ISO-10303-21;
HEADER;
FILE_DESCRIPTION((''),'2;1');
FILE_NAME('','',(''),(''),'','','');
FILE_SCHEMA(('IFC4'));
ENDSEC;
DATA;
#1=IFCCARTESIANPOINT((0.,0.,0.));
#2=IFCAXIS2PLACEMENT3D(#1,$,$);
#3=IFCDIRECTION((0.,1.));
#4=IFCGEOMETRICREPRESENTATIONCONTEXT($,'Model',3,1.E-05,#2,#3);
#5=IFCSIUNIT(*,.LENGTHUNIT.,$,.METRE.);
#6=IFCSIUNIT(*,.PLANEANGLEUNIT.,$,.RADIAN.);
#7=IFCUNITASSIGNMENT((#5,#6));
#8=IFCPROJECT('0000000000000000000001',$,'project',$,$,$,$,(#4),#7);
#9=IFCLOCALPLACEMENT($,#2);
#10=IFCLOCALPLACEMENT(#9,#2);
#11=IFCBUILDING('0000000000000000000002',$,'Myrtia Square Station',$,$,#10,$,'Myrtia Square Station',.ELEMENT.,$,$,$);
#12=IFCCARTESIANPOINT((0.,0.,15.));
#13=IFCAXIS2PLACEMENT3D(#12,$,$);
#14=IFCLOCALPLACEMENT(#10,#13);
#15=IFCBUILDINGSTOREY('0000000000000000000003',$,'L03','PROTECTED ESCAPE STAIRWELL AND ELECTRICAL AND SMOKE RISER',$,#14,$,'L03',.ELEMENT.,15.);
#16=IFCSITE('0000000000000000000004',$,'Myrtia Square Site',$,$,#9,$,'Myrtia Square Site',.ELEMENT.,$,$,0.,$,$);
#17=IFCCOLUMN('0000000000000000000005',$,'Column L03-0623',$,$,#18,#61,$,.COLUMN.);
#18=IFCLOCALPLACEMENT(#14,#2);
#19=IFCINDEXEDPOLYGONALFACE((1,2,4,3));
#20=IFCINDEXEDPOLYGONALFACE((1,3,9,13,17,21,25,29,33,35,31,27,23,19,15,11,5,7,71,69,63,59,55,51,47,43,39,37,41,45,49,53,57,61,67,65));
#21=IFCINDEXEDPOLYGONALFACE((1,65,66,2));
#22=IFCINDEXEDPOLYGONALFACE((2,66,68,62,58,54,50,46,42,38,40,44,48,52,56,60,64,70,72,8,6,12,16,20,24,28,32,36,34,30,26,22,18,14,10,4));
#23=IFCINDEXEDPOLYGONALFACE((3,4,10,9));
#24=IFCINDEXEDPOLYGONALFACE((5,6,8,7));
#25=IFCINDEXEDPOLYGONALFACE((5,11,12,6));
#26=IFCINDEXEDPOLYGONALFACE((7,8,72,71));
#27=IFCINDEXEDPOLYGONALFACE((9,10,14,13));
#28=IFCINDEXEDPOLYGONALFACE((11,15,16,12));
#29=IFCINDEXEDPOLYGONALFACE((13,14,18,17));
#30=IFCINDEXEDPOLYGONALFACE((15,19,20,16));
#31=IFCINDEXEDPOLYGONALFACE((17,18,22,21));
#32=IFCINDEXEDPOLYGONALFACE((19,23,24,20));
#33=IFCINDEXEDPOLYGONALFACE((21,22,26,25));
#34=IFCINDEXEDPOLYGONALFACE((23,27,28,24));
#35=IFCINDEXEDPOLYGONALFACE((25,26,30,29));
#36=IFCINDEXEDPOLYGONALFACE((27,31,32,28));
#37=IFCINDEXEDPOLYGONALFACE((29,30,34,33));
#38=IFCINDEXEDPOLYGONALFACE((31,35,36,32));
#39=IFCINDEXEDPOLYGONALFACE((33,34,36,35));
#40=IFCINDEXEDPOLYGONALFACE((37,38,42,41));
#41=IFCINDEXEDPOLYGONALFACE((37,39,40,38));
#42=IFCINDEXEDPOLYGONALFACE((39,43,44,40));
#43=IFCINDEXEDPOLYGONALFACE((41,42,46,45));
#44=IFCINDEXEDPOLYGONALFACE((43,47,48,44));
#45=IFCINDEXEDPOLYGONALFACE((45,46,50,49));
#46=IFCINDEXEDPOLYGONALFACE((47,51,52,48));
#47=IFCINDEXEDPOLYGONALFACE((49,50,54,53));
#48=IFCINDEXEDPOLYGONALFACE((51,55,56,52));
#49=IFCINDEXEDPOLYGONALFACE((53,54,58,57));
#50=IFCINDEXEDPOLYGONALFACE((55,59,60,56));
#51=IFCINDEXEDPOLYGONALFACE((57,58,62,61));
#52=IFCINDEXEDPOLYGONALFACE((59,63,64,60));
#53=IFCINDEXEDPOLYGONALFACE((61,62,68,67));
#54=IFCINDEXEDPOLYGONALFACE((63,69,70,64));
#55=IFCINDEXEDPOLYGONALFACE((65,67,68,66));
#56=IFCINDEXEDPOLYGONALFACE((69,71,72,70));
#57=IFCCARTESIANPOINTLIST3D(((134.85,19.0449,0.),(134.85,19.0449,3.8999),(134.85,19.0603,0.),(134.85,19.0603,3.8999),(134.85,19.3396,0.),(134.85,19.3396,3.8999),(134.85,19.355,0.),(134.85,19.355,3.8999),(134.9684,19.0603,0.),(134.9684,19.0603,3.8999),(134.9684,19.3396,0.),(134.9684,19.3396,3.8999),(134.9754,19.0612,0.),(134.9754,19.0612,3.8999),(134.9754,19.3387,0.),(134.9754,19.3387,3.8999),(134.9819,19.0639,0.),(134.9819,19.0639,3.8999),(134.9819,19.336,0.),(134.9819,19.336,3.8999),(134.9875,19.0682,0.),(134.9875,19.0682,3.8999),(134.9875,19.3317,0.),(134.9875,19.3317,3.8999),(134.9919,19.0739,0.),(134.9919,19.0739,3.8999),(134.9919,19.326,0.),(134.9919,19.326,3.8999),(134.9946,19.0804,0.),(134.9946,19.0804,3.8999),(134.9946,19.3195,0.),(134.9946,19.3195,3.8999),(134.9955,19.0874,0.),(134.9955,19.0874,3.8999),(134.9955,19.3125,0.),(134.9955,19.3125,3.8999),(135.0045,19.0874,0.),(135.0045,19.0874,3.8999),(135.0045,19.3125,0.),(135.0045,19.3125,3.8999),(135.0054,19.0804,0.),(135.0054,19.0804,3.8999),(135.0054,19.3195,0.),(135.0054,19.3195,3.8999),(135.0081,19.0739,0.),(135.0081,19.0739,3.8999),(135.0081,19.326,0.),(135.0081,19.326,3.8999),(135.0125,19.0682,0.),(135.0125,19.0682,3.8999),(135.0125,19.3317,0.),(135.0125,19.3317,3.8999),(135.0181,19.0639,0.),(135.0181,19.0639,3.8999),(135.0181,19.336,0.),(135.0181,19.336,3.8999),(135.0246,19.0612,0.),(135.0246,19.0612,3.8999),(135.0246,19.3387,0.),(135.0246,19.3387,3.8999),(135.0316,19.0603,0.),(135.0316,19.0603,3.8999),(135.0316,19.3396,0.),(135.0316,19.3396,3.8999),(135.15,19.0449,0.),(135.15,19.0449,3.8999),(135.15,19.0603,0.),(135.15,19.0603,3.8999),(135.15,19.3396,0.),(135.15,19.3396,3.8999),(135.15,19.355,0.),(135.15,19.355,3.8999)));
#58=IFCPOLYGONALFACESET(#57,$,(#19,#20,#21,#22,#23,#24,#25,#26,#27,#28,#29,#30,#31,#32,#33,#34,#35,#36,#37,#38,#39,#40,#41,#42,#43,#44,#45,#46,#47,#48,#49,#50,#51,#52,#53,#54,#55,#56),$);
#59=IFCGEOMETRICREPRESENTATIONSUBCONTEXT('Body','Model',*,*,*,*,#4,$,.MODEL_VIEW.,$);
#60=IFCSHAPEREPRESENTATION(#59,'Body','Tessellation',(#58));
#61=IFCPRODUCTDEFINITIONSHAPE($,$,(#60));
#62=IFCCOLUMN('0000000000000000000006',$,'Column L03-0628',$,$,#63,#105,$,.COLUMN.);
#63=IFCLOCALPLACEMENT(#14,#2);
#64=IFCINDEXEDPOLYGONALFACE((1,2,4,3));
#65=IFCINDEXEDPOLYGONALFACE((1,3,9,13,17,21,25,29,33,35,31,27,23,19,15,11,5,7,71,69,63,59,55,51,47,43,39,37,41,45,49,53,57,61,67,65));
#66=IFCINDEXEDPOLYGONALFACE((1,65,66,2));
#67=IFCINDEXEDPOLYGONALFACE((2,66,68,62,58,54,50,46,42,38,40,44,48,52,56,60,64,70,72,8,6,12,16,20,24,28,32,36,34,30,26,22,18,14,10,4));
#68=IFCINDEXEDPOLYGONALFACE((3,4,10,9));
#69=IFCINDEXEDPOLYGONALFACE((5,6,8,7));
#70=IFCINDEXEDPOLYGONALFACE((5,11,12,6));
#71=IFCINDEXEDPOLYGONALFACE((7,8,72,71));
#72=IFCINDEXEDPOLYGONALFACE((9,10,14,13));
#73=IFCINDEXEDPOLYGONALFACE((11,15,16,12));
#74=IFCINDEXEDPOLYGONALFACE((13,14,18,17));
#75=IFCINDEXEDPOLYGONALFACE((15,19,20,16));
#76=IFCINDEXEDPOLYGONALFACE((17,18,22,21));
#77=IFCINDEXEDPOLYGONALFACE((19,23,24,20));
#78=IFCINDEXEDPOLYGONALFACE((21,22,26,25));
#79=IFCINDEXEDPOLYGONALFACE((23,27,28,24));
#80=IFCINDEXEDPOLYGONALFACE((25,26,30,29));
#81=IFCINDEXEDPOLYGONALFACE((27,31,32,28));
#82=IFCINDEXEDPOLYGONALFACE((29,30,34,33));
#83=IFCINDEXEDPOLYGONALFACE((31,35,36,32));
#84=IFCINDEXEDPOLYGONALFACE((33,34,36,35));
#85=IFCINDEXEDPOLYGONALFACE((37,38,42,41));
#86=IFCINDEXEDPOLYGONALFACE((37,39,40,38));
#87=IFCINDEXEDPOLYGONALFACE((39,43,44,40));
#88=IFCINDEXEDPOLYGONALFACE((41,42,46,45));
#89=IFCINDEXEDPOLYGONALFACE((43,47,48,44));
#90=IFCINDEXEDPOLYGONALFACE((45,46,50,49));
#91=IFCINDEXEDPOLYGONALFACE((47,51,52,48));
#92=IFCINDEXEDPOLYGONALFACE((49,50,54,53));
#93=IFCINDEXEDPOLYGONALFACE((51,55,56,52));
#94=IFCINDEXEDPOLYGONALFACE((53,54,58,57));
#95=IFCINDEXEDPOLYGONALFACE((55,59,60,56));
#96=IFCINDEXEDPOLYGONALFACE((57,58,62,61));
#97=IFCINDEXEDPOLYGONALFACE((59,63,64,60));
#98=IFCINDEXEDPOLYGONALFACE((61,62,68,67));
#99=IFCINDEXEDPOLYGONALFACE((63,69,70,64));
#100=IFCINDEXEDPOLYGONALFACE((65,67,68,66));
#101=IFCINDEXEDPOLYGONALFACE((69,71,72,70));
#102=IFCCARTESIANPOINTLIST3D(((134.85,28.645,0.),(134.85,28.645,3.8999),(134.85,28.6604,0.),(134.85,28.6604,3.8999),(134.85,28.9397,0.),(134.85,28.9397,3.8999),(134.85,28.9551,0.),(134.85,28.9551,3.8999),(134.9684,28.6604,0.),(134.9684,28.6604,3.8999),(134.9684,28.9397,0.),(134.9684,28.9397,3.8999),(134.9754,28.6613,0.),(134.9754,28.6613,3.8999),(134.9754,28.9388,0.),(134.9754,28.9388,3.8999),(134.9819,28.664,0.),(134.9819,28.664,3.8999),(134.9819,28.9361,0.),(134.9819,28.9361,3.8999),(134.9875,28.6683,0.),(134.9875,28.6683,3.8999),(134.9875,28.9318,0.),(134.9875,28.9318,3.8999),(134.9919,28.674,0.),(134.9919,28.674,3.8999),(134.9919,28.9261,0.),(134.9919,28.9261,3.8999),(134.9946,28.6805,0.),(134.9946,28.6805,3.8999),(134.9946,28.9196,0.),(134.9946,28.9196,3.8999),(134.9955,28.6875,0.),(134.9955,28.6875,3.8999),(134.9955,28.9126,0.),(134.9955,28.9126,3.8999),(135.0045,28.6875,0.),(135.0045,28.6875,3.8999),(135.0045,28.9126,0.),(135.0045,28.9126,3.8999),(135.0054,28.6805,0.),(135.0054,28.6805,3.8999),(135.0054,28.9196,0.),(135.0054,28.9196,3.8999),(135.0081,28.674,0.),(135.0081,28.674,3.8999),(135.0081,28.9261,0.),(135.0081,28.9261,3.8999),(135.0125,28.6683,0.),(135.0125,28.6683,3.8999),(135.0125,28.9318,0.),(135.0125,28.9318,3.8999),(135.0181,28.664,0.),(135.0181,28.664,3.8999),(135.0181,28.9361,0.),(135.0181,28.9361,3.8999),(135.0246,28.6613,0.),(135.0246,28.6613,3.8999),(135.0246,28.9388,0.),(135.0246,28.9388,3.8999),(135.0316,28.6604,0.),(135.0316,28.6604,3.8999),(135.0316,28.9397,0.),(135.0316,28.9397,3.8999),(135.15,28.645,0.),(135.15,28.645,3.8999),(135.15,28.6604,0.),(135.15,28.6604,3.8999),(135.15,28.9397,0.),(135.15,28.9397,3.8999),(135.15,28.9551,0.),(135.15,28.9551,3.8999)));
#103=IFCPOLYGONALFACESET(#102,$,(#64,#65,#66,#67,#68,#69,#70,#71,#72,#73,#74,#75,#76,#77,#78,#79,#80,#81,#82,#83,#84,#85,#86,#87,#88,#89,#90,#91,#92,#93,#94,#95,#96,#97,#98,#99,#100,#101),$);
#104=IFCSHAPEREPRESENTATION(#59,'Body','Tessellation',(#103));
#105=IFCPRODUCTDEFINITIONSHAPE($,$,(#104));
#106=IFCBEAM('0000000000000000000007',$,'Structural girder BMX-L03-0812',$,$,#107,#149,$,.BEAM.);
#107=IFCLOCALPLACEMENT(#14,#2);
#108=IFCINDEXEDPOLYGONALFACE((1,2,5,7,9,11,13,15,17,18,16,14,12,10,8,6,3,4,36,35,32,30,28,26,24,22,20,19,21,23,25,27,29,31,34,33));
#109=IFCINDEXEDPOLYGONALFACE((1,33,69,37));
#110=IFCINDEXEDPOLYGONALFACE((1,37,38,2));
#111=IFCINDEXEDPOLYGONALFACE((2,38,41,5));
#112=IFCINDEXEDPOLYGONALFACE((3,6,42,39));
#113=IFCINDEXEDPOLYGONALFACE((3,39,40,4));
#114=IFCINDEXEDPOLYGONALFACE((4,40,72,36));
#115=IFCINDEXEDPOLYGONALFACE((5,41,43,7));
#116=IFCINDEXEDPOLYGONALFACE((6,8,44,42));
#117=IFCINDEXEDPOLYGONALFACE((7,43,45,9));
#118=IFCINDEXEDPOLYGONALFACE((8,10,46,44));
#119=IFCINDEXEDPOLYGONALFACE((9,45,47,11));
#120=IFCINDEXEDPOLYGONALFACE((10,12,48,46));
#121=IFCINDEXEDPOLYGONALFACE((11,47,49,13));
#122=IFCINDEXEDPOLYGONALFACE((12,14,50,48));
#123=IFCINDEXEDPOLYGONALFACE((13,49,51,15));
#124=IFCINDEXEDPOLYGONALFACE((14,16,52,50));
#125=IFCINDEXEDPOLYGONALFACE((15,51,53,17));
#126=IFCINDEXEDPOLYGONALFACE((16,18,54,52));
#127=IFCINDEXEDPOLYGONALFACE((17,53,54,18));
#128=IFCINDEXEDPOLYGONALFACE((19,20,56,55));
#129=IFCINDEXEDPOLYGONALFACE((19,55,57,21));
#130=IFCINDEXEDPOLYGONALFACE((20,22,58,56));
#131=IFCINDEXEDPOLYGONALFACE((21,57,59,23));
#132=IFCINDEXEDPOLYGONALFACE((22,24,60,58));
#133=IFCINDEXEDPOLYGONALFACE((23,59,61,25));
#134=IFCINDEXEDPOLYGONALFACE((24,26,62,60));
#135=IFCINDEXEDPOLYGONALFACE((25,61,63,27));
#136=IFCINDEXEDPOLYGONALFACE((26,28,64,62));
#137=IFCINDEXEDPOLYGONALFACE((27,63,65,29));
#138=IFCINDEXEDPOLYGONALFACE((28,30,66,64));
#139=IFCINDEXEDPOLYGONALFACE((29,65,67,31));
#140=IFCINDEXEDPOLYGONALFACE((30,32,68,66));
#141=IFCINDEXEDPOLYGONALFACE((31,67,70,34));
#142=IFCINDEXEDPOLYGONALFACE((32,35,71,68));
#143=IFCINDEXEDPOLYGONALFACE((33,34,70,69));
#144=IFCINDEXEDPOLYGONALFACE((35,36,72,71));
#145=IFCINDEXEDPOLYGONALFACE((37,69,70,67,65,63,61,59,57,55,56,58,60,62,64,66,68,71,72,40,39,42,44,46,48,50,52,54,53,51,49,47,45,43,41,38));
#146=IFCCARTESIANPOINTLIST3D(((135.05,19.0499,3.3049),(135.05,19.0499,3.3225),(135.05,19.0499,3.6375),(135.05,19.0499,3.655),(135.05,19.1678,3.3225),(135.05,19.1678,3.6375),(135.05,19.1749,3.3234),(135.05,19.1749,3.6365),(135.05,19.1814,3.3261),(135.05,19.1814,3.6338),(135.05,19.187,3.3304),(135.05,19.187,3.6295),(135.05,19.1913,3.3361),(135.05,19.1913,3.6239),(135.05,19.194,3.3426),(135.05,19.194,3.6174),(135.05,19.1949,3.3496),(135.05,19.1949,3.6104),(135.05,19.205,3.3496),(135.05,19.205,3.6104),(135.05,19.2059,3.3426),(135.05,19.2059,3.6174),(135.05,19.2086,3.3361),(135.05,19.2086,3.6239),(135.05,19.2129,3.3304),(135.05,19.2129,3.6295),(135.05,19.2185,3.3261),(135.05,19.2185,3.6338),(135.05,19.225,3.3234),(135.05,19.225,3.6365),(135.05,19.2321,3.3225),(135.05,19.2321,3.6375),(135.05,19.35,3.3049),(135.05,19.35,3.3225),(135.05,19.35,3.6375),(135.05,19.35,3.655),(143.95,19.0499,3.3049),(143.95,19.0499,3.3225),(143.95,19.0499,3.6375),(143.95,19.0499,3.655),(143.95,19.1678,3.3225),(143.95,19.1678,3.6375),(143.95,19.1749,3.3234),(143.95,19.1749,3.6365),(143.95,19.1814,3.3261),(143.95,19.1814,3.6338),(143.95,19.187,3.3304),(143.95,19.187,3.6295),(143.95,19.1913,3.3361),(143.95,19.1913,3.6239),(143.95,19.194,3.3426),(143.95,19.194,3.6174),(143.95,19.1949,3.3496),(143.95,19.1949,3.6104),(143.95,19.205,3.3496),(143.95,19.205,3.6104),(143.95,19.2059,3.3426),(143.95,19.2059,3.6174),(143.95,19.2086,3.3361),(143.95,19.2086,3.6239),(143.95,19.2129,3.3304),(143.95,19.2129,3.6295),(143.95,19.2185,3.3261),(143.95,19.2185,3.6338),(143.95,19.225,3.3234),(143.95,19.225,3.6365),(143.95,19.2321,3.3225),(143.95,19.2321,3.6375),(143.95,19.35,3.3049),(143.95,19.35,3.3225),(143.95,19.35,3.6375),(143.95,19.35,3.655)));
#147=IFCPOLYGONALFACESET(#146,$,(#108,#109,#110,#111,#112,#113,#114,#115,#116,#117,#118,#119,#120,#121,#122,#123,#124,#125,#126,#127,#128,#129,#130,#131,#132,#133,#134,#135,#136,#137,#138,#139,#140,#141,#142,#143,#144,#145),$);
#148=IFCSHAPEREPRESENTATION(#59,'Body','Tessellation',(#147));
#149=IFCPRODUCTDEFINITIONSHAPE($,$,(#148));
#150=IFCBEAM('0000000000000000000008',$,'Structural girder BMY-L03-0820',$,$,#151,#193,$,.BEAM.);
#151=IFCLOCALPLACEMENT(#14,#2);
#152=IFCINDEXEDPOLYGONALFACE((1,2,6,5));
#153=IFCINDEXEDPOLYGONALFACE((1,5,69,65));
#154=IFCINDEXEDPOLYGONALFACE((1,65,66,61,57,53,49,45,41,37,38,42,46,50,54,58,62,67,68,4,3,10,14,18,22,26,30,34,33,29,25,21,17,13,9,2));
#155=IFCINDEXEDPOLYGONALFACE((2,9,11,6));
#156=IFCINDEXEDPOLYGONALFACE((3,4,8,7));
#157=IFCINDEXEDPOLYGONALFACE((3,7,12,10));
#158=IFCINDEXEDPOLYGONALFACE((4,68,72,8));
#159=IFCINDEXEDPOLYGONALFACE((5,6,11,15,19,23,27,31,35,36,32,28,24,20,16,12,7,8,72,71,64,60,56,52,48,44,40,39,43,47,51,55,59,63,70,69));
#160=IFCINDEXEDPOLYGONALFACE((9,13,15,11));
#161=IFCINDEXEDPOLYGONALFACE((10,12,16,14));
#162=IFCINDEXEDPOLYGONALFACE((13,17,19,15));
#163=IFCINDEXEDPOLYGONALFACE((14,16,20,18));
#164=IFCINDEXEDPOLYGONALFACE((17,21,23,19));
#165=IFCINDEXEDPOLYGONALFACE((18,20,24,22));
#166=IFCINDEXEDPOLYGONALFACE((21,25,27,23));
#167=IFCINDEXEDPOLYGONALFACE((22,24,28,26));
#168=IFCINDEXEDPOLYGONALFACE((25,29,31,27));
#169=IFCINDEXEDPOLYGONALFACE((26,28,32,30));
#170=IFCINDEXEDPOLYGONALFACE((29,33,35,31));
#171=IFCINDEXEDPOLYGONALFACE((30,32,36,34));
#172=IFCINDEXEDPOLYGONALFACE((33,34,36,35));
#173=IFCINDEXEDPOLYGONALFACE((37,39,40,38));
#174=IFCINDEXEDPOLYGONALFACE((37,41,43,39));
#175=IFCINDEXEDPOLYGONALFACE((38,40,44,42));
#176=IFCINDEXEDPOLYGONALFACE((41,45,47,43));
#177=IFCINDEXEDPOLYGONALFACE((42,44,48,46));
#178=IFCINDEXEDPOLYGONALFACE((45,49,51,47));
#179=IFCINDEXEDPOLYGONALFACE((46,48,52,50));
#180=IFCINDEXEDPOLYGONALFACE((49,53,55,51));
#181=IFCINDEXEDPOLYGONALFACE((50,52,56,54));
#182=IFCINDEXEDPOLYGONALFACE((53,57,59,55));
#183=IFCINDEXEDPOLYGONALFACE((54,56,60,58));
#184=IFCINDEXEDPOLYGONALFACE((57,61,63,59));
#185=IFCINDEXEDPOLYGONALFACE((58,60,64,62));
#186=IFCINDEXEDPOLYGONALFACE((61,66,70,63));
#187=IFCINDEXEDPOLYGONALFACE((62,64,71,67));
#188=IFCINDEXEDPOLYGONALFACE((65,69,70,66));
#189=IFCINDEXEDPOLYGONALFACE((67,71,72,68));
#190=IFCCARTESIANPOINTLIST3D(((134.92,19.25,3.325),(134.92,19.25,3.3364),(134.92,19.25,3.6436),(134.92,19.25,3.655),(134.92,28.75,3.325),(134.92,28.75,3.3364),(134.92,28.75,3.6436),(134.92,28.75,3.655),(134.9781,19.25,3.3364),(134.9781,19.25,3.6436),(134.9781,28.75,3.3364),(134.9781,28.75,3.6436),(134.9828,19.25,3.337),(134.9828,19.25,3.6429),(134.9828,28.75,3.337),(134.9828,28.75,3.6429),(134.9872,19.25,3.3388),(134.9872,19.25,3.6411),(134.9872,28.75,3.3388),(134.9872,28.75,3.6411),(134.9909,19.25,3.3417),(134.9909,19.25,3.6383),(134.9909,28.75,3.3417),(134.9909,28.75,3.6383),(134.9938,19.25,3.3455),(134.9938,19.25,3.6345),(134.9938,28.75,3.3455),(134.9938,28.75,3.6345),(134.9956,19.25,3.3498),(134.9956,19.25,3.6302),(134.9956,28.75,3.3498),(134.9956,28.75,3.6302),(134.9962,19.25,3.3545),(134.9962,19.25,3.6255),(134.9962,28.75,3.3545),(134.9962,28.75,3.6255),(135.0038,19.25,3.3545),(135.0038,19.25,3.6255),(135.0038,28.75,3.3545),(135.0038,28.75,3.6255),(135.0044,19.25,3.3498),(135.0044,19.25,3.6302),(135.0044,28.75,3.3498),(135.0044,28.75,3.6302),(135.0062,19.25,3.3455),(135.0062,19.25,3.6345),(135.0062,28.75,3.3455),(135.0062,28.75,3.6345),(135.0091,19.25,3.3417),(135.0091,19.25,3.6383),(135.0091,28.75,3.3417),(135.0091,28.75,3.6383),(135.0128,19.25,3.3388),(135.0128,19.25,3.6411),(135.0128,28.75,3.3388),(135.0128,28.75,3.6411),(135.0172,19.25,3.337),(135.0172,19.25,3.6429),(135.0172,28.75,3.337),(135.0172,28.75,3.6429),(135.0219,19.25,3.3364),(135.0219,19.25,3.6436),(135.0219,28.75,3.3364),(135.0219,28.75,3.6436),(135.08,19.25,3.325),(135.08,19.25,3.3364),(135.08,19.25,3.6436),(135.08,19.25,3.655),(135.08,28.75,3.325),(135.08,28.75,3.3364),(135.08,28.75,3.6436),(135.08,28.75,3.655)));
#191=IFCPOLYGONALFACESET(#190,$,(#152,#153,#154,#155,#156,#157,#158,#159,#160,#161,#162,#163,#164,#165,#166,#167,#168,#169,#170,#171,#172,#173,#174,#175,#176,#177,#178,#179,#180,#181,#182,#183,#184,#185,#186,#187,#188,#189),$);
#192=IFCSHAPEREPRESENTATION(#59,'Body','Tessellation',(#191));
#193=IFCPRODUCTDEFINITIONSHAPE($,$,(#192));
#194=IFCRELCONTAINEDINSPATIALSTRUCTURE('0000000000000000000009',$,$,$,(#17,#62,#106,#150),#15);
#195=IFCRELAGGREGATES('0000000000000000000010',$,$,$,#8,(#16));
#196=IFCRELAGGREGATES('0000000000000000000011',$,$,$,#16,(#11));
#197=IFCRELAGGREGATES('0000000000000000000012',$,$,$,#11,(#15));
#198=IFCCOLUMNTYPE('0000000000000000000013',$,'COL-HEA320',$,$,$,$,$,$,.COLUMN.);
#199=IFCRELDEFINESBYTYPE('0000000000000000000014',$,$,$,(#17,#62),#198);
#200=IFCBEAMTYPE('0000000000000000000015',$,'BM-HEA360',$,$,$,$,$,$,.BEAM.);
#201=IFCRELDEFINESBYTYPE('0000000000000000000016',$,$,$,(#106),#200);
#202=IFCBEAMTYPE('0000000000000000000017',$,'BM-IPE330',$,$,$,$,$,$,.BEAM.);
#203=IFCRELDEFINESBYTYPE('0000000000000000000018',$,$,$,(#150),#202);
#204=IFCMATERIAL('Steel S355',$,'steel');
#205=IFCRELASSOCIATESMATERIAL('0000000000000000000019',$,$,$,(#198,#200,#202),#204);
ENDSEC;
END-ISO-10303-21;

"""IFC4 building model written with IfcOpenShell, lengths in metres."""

from ifc_helpers import new_model, si_unit, direction, frame, origin, origin_2d, place, context, subcontext, project, spatial, i_section, extrude, material, material_profile, profile_set, type_object, element, save


model = new_model("IFC4")

# Units and contexts
model_context = context("Model", 3, precision=1e-05, world=origin(), true_north=direction((0.0, 1.0)))
body_context = subcontext(model_context, "Body", "Model", "MODEL_VIEW")
ifc_project = project(units=[si_unit("LENGTHUNIT", "METRE"), si_unit("PLANEANGLEUNIT", "RADIAN")], contexts=[model_context])

# Site, building, storey
site_placement = place(None, origin())
site = spatial("IfcSite", under=ifc_project, at=site_placement, Name="Myrtia Square Site", LongName="Myrtia Square Site", CompositionType="ELEMENT", RefElevation=0.0)
building_placement = place(site_placement, origin())
building = spatial("IfcBuilding", under=site, at=building_placement, Name="Myrtia Square Station", LongName="Myrtia Square Station", CompositionType="ELEMENT")
storey_placement = place(building_placement, frame((0.0, 0.0, 15.0)))
storey = spatial("IfcBuildingStorey", under=building, at=storey_placement, Name="L03", Description="PROTECTED ESCAPE STAIRWELL AND ELECTRICAL AND SMOKE RISER", LongName="L03", CompositionType="ELEMENT", Elevation=15.0)

# Columns
ifc_material_1 = material(Name="Steel S355", Category="steel")
ifc_material_profile_1 = material_profile(ifc_material_1, i_section(OverallWidth=0.3, OverallDepth=0.3101, WebThickness=0.009, FlangeThickness=0.0154, FilletRadius=0.0271, at=origin_2d()), Name="HEA 320")
ifc_profile_set_1 = profile_set([ifc_material_profile_1], Name="Steel S355")
column_type = type_object("IfcColumnType", Name="COL-HEA320", PredefinedType="COLUMN", material=ifc_profile_set_1)
for number, where, z_axis, x_axis, name in (
    (1, (135.0, 19.2, 0.0), (0.0, 0.0, 1.0), (1.0, 0.0, 0.0), "Column L03-0623"),
    (2, (135.0, 28.8, 0.0), (0.0, 0.0, 1.0), (1.0, 0.0, 0.0), "Column L03-0628"),
):
    element("IfcColumn", number, at=place(storey_placement, frame(where, z_axis=z_axis, x_axis=x_axis)), inside=storey, type_object=column_type, Name=name, PredefinedType="COLUMN", context=body_context, shape_type="SweptSolid", body=[
        extrude(i_section(OverallWidth=0.3, OverallDepth=0.3101, WebThickness=0.009, FlangeThickness=0.0154, FilletRadius=0.0271, at=origin_2d()), origin(), (0.0, 0.0, 1.0), 3.8999),
    ])

# Beams
ifc_material_profile_2 = material_profile(ifc_material_1, i_section(OverallWidth=0.3, OverallDepth=0.3501, WebThickness=0.01, FlangeThickness=0.0176, FilletRadius=0.0271, at=origin_2d()), Name="HEA 360")
ifc_profile_set_2 = profile_set([ifc_material_profile_2], Name="Steel S355")
beam_type_1 = type_object("IfcBeamType", Name="BM-HEA360", PredefinedType="BEAM", material=ifc_profile_set_2)
beam_placement = place(storey_placement, frame((135.05, 19.2, 3.48), z_axis=(1.0, 0.0, 0.0), x_axis=(0.0, 1.0, 0.0)))
element("IfcBeam", 3, at=beam_placement, inside=storey, type_object=beam_type_1, Name="Structural girder BMX-L03-0812", PredefinedType="BEAM", context=body_context, shape_type="SweptSolid", body=[
    extrude(i_section(OverallWidth=0.3, OverallDepth=0.3501, WebThickness=0.01, FlangeThickness=0.0176, FilletRadius=0.0271, at=origin_2d()), origin(), (0.0, 0.0, 1.0), 8.8999),
])
ifc_material_profile_3 = material_profile(ifc_material_1, i_section(OverallWidth=0.1599, OverallDepth=0.3301, WebThickness=0.0076, FlangeThickness=0.0115, FilletRadius=0.0181, at=origin_2d()), Name="IPE 330")
ifc_profile_set_3 = profile_set([ifc_material_profile_3], Name="Steel S355")
beam_type_2 = type_object("IfcBeamType", Name="BM-IPE330", PredefinedType="BEAM", material=ifc_profile_set_3)
for number, where, z_axis, x_axis, name in (
    (4, (135.0, 19.25, 3.49), (0.0, 1.0, 0.0), (-1.0, 0.0, 0.0), "Structural girder BMY-L03-0820"),
):
    element("IfcBeam", number, at=place(storey_placement, frame(where, z_axis=z_axis, x_axis=x_axis)), inside=storey, type_object=beam_type_2, Name=name, PredefinedType="BEAM", context=body_context, shape_type="SweptSolid", body=[
        extrude(i_section(OverallWidth=0.1599, OverallDepth=0.3301, WebThickness=0.0076, FlangeThickness=0.0115, FilletRadius=0.0181, at=origin_2d()), origin(), (0.0, 0.0, 1.0), 9.5),
    ])

save(model, "model.ifc")
